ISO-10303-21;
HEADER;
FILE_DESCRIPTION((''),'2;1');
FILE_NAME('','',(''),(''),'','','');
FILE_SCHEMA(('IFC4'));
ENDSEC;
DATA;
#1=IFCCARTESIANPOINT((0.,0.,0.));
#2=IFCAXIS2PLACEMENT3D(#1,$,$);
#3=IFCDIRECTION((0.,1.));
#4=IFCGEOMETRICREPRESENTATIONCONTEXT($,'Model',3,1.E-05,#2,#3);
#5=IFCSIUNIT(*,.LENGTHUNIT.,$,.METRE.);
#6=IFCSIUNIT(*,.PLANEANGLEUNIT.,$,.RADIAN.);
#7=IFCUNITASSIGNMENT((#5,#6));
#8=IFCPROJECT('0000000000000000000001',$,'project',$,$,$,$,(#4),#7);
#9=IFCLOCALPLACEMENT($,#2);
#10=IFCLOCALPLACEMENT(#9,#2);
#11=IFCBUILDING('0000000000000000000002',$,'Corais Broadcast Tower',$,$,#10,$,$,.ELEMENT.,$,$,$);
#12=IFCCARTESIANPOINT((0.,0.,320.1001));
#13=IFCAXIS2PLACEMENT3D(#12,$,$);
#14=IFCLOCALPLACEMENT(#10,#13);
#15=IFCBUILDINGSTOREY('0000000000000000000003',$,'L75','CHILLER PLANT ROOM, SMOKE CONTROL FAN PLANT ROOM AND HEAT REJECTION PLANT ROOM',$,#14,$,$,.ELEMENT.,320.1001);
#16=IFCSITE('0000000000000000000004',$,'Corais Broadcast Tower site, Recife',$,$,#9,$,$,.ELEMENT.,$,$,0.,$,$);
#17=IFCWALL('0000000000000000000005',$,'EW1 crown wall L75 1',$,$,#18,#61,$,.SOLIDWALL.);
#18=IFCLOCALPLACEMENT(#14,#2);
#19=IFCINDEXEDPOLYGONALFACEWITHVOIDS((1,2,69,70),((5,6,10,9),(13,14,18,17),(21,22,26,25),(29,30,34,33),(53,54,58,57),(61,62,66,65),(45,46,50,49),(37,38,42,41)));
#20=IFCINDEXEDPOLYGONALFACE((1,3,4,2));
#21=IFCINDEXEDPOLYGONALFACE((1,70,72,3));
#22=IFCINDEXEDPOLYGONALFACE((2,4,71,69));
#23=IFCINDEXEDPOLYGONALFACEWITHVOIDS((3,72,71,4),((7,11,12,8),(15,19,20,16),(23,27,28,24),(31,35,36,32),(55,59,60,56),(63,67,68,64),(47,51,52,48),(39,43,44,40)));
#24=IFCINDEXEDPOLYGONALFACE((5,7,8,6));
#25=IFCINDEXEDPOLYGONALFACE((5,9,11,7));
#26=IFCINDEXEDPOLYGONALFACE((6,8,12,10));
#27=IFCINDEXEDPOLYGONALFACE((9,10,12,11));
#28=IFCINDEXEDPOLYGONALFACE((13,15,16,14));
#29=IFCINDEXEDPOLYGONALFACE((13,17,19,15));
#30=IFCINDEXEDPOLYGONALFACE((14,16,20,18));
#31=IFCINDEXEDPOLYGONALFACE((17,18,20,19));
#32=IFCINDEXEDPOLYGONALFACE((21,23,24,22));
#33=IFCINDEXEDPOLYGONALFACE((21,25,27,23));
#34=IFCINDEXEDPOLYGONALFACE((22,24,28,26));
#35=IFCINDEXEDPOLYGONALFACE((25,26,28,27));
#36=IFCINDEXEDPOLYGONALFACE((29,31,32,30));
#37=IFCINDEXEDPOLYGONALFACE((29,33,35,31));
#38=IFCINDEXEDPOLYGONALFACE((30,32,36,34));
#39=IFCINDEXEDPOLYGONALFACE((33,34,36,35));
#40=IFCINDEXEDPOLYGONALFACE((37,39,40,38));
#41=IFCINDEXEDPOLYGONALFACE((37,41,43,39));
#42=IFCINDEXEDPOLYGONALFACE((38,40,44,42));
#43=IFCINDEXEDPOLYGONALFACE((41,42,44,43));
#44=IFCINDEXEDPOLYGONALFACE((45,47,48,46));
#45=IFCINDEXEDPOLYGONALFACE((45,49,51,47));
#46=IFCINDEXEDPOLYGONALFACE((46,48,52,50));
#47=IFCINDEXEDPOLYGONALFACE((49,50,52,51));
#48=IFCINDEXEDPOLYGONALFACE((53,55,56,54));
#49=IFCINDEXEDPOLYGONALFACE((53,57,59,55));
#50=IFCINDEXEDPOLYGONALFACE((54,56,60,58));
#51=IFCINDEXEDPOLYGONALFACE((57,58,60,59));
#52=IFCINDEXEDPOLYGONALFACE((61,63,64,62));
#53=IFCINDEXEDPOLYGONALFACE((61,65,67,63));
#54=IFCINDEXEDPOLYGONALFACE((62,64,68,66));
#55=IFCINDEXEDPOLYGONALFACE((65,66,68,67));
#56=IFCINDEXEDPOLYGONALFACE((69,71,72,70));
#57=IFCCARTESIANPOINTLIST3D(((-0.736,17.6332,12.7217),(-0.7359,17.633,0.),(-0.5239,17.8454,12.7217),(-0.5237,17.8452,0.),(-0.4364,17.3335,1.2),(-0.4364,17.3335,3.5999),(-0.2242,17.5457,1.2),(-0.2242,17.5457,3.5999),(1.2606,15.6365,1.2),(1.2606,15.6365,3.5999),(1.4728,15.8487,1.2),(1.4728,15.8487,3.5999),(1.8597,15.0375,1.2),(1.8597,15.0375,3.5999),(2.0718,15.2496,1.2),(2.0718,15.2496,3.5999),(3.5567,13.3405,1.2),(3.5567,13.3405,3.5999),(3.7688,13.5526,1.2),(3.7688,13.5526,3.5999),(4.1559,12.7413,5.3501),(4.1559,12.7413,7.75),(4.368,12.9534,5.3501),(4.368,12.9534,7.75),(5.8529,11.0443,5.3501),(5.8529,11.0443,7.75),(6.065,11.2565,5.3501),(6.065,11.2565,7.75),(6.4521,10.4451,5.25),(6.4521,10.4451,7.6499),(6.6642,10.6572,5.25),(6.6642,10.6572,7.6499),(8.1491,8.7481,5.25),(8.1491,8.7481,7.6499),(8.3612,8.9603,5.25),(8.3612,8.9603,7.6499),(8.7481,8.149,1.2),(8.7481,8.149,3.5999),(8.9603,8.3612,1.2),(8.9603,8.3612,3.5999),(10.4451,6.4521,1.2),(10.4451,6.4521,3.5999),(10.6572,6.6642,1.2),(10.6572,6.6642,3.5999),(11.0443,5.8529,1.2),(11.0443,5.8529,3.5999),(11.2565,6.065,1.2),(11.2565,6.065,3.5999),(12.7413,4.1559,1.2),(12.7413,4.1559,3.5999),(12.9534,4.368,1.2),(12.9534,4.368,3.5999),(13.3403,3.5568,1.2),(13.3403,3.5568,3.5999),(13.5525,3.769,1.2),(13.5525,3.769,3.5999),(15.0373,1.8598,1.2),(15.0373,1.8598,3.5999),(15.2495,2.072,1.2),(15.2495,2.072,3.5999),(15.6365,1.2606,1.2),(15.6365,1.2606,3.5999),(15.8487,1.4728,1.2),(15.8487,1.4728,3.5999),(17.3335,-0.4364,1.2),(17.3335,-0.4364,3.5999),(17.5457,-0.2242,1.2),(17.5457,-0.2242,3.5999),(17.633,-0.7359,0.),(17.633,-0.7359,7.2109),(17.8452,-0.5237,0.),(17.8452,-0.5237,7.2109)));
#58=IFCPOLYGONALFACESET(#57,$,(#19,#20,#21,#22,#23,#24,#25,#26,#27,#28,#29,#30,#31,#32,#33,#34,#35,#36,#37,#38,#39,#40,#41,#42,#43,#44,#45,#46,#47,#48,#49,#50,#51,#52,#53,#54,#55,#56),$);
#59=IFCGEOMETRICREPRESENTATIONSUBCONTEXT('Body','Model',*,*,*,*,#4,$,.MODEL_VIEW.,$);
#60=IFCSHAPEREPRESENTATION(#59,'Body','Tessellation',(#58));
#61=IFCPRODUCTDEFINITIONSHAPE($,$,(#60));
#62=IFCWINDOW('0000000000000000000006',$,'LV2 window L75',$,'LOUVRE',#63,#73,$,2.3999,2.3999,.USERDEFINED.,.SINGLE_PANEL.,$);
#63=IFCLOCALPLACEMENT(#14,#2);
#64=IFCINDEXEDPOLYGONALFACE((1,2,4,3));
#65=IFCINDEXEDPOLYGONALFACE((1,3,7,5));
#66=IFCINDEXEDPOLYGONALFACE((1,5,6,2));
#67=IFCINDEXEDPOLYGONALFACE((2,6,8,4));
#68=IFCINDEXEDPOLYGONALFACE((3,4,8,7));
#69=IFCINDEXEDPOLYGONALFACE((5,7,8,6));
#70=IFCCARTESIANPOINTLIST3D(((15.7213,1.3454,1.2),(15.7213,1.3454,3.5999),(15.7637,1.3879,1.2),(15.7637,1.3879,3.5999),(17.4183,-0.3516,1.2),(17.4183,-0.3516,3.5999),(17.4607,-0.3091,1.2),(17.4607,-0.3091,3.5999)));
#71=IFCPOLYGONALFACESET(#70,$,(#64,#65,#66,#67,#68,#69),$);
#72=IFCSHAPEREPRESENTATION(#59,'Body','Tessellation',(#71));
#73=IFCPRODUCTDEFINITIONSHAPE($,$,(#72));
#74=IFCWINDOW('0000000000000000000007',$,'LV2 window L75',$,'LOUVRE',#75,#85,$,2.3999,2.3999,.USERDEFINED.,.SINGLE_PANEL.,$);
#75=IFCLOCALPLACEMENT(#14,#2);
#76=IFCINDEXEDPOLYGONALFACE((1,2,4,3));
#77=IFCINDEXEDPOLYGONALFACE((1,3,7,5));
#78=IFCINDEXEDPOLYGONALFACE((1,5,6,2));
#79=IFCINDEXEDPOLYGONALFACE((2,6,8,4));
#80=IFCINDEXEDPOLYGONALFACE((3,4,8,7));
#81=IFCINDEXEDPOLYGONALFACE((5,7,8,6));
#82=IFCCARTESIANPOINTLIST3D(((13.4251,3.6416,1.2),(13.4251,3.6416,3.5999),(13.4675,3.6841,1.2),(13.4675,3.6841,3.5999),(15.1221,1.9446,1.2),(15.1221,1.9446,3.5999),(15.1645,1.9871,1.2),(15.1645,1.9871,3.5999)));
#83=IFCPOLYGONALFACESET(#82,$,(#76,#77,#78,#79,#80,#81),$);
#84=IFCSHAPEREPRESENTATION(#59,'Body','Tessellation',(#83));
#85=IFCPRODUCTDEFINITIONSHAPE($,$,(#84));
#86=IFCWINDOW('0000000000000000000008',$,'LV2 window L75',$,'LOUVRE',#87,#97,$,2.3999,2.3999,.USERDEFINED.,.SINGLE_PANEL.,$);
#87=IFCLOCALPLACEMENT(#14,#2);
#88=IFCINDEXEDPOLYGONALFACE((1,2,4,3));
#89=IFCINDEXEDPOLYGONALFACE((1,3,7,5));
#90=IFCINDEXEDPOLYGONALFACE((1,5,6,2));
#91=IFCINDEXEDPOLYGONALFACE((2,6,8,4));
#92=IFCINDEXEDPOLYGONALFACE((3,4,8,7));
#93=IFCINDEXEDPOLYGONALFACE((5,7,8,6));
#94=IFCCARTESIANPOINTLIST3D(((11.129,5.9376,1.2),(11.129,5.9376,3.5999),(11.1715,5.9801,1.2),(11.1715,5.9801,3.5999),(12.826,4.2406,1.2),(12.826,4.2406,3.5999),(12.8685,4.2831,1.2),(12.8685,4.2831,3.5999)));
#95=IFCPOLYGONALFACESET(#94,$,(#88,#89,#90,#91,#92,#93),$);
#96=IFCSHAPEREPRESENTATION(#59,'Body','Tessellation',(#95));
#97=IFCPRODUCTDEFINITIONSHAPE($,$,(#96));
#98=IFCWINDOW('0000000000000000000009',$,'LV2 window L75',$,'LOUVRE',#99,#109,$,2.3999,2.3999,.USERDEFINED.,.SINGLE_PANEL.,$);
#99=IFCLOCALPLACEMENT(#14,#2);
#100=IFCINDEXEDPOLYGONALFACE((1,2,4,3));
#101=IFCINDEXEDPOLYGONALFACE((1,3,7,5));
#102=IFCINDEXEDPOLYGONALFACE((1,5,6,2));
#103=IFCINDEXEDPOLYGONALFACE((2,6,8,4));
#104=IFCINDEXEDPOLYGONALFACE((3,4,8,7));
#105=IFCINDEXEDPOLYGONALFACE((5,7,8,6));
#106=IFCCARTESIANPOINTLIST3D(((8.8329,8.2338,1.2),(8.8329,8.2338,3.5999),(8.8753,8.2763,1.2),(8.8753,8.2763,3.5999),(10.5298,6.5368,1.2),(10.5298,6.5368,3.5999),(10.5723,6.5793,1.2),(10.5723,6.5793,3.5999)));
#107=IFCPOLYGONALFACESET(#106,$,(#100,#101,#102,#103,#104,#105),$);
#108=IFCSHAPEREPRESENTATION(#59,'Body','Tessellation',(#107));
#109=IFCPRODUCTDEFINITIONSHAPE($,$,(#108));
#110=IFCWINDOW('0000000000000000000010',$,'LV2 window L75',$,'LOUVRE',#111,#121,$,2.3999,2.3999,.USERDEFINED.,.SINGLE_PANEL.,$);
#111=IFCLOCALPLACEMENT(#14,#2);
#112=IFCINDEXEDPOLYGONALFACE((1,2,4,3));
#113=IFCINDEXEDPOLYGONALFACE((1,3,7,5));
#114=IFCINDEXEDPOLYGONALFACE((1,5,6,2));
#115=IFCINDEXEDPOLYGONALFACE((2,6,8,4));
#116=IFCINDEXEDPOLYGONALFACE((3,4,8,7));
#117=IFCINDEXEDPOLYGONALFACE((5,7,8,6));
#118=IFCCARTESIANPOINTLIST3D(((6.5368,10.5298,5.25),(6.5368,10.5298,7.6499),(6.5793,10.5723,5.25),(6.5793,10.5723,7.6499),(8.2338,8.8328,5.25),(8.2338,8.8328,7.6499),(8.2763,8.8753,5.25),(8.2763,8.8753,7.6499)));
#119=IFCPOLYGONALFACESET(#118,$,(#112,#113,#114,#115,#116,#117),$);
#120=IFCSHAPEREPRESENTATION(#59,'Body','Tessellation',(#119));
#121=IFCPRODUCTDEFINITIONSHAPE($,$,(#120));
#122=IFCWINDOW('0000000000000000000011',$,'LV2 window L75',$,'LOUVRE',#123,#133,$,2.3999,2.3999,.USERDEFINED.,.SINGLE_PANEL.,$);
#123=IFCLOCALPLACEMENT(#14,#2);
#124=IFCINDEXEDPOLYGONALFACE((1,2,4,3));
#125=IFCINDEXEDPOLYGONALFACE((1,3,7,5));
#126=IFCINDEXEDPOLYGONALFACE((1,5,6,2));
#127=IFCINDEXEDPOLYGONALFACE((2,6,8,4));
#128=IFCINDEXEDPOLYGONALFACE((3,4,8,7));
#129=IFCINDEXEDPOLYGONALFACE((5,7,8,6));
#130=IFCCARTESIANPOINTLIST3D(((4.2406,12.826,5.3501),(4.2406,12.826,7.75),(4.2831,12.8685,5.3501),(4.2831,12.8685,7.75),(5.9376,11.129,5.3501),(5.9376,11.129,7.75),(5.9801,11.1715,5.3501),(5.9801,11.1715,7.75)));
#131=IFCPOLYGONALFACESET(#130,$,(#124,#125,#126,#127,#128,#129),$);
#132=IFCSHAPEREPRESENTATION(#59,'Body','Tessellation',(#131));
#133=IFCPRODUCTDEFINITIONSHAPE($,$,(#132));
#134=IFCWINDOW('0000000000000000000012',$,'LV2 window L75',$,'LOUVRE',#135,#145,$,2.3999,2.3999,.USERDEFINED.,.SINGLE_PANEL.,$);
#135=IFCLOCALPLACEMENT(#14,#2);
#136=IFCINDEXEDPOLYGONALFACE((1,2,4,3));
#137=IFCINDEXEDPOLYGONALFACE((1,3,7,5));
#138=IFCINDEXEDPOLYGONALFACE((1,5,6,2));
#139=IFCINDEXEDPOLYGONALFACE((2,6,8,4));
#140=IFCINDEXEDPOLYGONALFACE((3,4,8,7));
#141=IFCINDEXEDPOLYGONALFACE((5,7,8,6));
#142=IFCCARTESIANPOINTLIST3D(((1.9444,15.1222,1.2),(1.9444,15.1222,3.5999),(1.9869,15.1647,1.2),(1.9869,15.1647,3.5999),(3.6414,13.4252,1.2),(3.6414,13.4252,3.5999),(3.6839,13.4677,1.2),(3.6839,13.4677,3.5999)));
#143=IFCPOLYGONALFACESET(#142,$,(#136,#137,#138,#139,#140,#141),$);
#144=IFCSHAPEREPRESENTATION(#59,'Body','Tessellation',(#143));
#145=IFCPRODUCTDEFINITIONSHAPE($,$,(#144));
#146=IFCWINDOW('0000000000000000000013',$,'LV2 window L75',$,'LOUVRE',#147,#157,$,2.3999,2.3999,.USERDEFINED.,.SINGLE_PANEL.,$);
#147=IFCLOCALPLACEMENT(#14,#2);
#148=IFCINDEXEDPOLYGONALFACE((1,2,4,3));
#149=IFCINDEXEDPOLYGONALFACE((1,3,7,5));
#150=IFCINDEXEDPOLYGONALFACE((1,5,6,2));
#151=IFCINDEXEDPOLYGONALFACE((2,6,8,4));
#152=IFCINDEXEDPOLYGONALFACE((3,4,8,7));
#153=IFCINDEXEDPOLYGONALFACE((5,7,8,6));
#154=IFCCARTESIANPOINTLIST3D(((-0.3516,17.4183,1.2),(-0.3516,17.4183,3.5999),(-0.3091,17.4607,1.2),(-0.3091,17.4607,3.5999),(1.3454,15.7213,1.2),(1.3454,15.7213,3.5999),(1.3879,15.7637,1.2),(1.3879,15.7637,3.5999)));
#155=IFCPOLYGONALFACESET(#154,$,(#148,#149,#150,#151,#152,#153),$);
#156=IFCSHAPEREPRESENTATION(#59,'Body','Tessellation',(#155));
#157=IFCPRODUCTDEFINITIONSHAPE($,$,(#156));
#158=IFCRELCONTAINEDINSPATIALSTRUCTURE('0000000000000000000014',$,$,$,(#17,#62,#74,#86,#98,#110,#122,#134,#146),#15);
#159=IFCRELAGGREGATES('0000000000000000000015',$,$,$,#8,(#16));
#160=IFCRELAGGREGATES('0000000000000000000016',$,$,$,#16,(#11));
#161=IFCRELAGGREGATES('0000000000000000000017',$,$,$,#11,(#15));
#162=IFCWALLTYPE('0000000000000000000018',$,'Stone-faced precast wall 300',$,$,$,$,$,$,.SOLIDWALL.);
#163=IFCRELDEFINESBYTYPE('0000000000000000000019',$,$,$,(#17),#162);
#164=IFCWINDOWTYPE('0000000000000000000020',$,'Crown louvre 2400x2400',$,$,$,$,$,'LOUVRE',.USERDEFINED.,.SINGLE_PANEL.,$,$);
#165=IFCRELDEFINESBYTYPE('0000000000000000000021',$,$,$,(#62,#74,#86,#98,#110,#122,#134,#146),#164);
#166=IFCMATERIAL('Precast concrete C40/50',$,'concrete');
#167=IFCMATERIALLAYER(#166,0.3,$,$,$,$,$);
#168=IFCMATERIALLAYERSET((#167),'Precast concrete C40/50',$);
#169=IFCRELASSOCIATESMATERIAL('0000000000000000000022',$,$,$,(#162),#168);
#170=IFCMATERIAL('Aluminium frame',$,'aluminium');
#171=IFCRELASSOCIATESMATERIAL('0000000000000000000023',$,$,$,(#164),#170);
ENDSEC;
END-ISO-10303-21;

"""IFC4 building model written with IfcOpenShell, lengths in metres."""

from ifc_helpers import new_model, si_unit, direction, frame, frame_2d, origin, place, context, subcontext, project, spatial, polyline, rectangle, outline, extrude, material, layer, layer_set, type_object, element, fill, save


model = new_model("IFC4")

# Units and contexts
model_context = context("Model", 3, precision=1e-05, world=origin(), true_north=direction((0.0, 1.0)))
body_context = subcontext(model_context, "Body", "Model", "MODEL_VIEW")
ifc_project = project(units=[si_unit("LENGTHUNIT", "METRE"), si_unit("PLANEANGLEUNIT", "RADIAN")], contexts=[model_context])

# Site, building, storey
site_placement = place(None, origin())
site = spatial("IfcSite", under=ifc_project, at=site_placement, Name="Corais Broadcast Tower site, Recife", CompositionType="ELEMENT", RefElevation=0.0)
building_placement = place(site_placement, origin())
building = spatial("IfcBuilding", under=site, at=building_placement, Name="Corais Broadcast Tower", CompositionType="ELEMENT")
storey_placement = place(building_placement, frame((0.0, 0.0, 320.1001)))
storey = spatial("IfcBuildingStorey", under=building, at=storey_placement, Name="L75", Description="CHILLER PLANT ROOM, SMOKE CONTROL FAN PLANT ROOM AND HEAT REJECTION PLANT ROOM", CompositionType="ELEMENT", Elevation=320.1001)

# Wall, openings, windows
ifc_material_1 = material(Name="Precast concrete C40/50", Category="concrete")
ifc_layer_1 = layer(ifc_material_1, 0.3)
ifc_layer_set_1 = layer_set([ifc_layer_1], Name="Precast concrete C40/50")
wall_type_1 = type_object("IfcWallType", Name="Stone-faced precast wall 300", PredefinedType="SOLIDWALL", material=ifc_layer_set_1)
wall_1_placement = place(storey_placement, frame((17.739, -0.6299, 0.0), z_axis=(0.0, 0.0, 1.0), x_axis=(-0.707107, 0.707107, 0.0)))
wall_1 = element("IfcWall", 1, at=wall_1_placement, inside=storey, type_object=wall_type_1, Name="EW1 crown wall L75 1", PredefinedType="SOLIDWALL", context=body_context, shape_type="SweptSolid", body=[
    extrude(outline(polyline([(0.0, 0.0), (25.9775, 0.0), (25.9778, 12.7217), (0.0, 7.2109), (0.0, 0.0)])), frame((0.0, 0.1499, 0.0), z_axis=(0.0, -1.0, 0.0), x_axis=(1.0, 0.0, 0.0)), (0.0, 0.0, 1.0), 0.3),
])
opening_1_placement = place(wall_1_placement, frame((0.4236, 0.0, 1.2)))
opening_1 = element("IfcOpeningElement", 2, at=opening_1_placement, cuts=wall_1, PredefinedType="OPENING", context=body_context, shape_type="SweptSolid", body=[
    extrude(rectangle(XDim=2.3999, YDim=2.3999, at=frame_2d((1.2, 1.2))), frame((0.0, 0.1599, 0.0), z_axis=(0.0, -1.0, 0.0), x_axis=(1.0, 0.0, 0.0)), (0.0, 0.0, 1.0), 0.3201),
])
opening_2_placement = place(wall_1_placement, frame((3.6709, 0.0, 1.2)))
opening_2 = element("IfcOpeningElement", 3, at=opening_2_placement, cuts=wall_1, PredefinedType="OPENING", context=body_context, shape_type="SweptSolid", body=[
    extrude(rectangle(XDim=2.3999, YDim=2.3999, at=frame_2d((1.2, 1.2))), frame((0.0, 0.1599, 0.0), z_axis=(0.0, -1.0, 0.0), x_axis=(1.0, 0.0, 0.0)), (0.0, 0.0, 1.0), 0.3201),
])
opening_3_placement = place(wall_1_placement, frame((6.918, 0.0, 1.2)))
opening_3 = element("IfcOpeningElement", 4, at=opening_3_placement, cuts=wall_1, PredefinedType="OPENING", context=body_context, shape_type="SweptSolid", body=[
    extrude(rectangle(XDim=2.3999, YDim=2.3999, at=frame_2d((1.2, 1.2))), frame((0.0, 0.1599, 0.0), z_axis=(0.0, -1.0, 0.0), x_axis=(1.0, 0.0, 0.0)), (0.0, 0.0, 1.0), 0.3201),
])
opening_4_placement = place(wall_1_placement, frame((10.1653, 0.0, 1.2)))
opening_4 = element("IfcOpeningElement", 5, at=opening_4_placement, cuts=wall_1, PredefinedType="OPENING", context=body_context, shape_type="SweptSolid", body=[
    extrude(rectangle(XDim=2.3999, YDim=2.3999, at=frame_2d((1.2, 1.2))), frame((0.0, 0.1599, 0.0), z_axis=(0.0, -1.0, 0.0), x_axis=(1.0, 0.0, 0.0)), (0.0, 0.0, 1.0), 0.3201),
])
opening_5_placement = place(wall_1_placement, frame((13.4124, 0.0, 5.25)))
opening_5 = element("IfcOpeningElement", 6, at=opening_5_placement, cuts=wall_1, PredefinedType="OPENING", context=body_context, shape_type="SweptSolid", body=[
    extrude(rectangle(XDim=2.3999, YDim=2.3999, at=frame_2d((1.2, 1.2))), frame((0.0, 0.1599, 0.0), z_axis=(0.0, -1.0, 0.0), x_axis=(1.0, 0.0, 0.0)), (0.0, 0.0, 1.0), 0.3201),
])
opening_6_placement = place(wall_1_placement, frame((16.6597, 0.0, 5.3501)))
opening_6 = element("IfcOpeningElement", 7, at=opening_6_placement, cuts=wall_1, PredefinedType="OPENING", context=body_context, shape_type="SweptSolid", body=[
    extrude(rectangle(XDim=2.3999, YDim=2.3999, at=frame_2d((1.2, 1.2))), frame((0.0, 0.1599, 0.0), z_axis=(0.0, -1.0, 0.0), x_axis=(1.0, 0.0, 0.0)), (0.0, 0.0, 1.0), 0.3201),
])
opening_7_placement = place(wall_1_placement, frame((19.907, 0.0, 1.2)))
opening_7 = element("IfcOpeningElement", 8, at=opening_7_placement, cuts=wall_1, PredefinedType="OPENING", context=body_context, shape_type="SweptSolid", body=[
    extrude(rectangle(XDim=2.3999, YDim=2.3999, at=frame_2d((1.2, 1.2))), frame((0.0, 0.1599, 0.0), z_axis=(0.0, -1.0, 0.0), x_axis=(1.0, 0.0, 0.0)), (0.0, 0.0, 1.0), 0.3201),
])
opening_8_placement = place(wall_1_placement, frame((23.1541, 0.0, 1.2)))
opening_8 = element("IfcOpeningElement", 9, at=opening_8_placement, cuts=wall_1, PredefinedType="OPENING", context=body_context, shape_type="SweptSolid", body=[
    extrude(rectangle(XDim=2.3999, YDim=2.3999, at=frame_2d((1.2, 1.2))), frame((0.0, 0.1599, 0.0), z_axis=(0.0, -1.0, 0.0), x_axis=(1.0, 0.0, 0.0)), (0.0, 0.0, 1.0), 0.3201),
])
ifc_material_2 = material(Name="Aluminium frame", Category="aluminium")
window_type = type_object("IfcWindowType", Name="Crown louvre 2400x2400", ElementType="LOUVRE", PartitioningType="SINGLE_PANEL", PredefinedType="USERDEFINED", material=ifc_material_2)
window_1_placement = place(opening_1_placement, origin())
window_1 = element("IfcWindow", 10, at=window_1_placement, inside=storey, type_object=window_type, Name="LV2 window L75", ObjectType="LOUVRE", OverallHeight=2.3999, OverallWidth=2.3999, PartitioningType="SINGLE_PANEL", PredefinedType="USERDEFINED", context=body_context, shape_type="SweptSolid", body=[
    extrude(rectangle(XDim=2.3999, YDim=2.3999, at=frame_2d((1.2, 1.2))), frame((0.0, 0.03, 0.0), z_axis=(0.0, -1.0, 0.0), x_axis=(1.0, 0.0, 0.0)), (0.0, 0.0, 1.0), 0.0601),
])
fill(opening_1, window_1)
window_2_placement = place(opening_2_placement, origin())
window_2 = element("IfcWindow", 11, at=window_2_placement, inside=storey, type_object=window_type, Name="LV2 window L75", ObjectType="LOUVRE", OverallHeight=2.3999, OverallWidth=2.3999, PartitioningType="SINGLE_PANEL", PredefinedType="USERDEFINED", context=body_context, shape_type="SweptSolid", body=[
    extrude(rectangle(XDim=2.3999, YDim=2.3999, at=frame_2d((1.2, 1.2))), frame((0.0, 0.03, 0.0), z_axis=(0.0, -1.0, 0.0), x_axis=(1.0, 0.0, 0.0)), (0.0, 0.0, 1.0), 0.0601),
])
fill(opening_2, window_2)
window_3_placement = place(opening_3_placement, origin())
window_3 = element("IfcWindow", 12, at=window_3_placement, inside=storey, type_object=window_type, Name="LV2 window L75", ObjectType="LOUVRE", OverallHeight=2.3999, OverallWidth=2.3999, PartitioningType="SINGLE_PANEL", PredefinedType="USERDEFINED", context=body_context, shape_type="SweptSolid", body=[
    extrude(rectangle(XDim=2.3999, YDim=2.3999, at=frame_2d((1.2, 1.2))), frame((0.0, 0.03, 0.0), z_axis=(0.0, -1.0, 0.0), x_axis=(1.0, 0.0, 0.0)), (0.0, 0.0, 1.0), 0.0601),
])
fill(opening_3, window_3)
window_4_placement = place(opening_4_placement, origin())
window_4 = element("IfcWindow", 13, at=window_4_placement, inside=storey, type_object=window_type, Name="LV2 window L75", ObjectType="LOUVRE", OverallHeight=2.3999, OverallWidth=2.3999, PartitioningType="SINGLE_PANEL", PredefinedType="USERDEFINED", context=body_context, shape_type="SweptSolid", body=[
    extrude(rectangle(XDim=2.3999, YDim=2.3999, at=frame_2d((1.2, 1.2))), frame((0.0, 0.03, 0.0), z_axis=(0.0, -1.0, 0.0), x_axis=(1.0, 0.0, 0.0)), (0.0, 0.0, 1.0), 0.0601),
])
fill(opening_4, window_4)
window_5_placement = place(opening_5_placement, origin())
window_5 = element("IfcWindow", 14, at=window_5_placement, inside=storey, type_object=window_type, Name="LV2 window L75", ObjectType="LOUVRE", OverallHeight=2.3999, OverallWidth=2.3999, PartitioningType="SINGLE_PANEL", PredefinedType="USERDEFINED", context=body_context, shape_type="SweptSolid", body=[
    extrude(rectangle(XDim=2.3999, YDim=2.3999, at=frame_2d((1.2, 1.2))), frame((0.0, 0.03, 0.0), z_axis=(0.0, -1.0, 0.0), x_axis=(1.0, 0.0, 0.0)), (0.0, 0.0, 1.0), 0.0601),
])
fill(opening_5, window_5)
window_6_placement = place(opening_6_placement, origin())
window_6 = element("IfcWindow", 15, at=window_6_placement, inside=storey, type_object=window_type, Name="LV2 window L75", ObjectType="LOUVRE", OverallHeight=2.3999, OverallWidth=2.3999, PartitioningType="SINGLE_PANEL", PredefinedType="USERDEFINED", context=body_context, shape_type="SweptSolid", body=[
    extrude(rectangle(XDim=2.3999, YDim=2.3999, at=frame_2d((1.2, 1.2))), frame((0.0, 0.03, 0.0), z_axis=(0.0, -1.0, 0.0), x_axis=(1.0, 0.0, 0.0)), (0.0, 0.0, 1.0), 0.0601),
])
fill(opening_6, window_6)
window_7_placement = place(opening_7_placement, origin())
window_7 = element("IfcWindow", 16, at=window_7_placement, inside=storey, type_object=window_type, Name="LV2 window L75", ObjectType="LOUVRE", OverallHeight=2.3999, OverallWidth=2.3999, PartitioningType="SINGLE_PANEL", PredefinedType="USERDEFINED", context=body_context, shape_type="SweptSolid", body=[
    extrude(rectangle(XDim=2.3999, YDim=2.3999, at=frame_2d((1.2, 1.2))), frame((0.0, 0.03, 0.0), z_axis=(0.0, -1.0, 0.0), x_axis=(1.0, 0.0, 0.0)), (0.0, 0.0, 1.0), 0.0601),
])
fill(opening_7, window_7)
window_8_placement = place(opening_8_placement, origin())
window_8 = element("IfcWindow", 17, at=window_8_placement, inside=storey, type_object=window_type, Name="LV2 window L75", ObjectType="LOUVRE", OverallHeight=2.3999, OverallWidth=2.3999, PartitioningType="SINGLE_PANEL", PredefinedType="USERDEFINED", context=body_context, shape_type="SweptSolid", body=[
    extrude(rectangle(XDim=2.3999, YDim=2.3999, at=frame_2d((1.2, 1.2))), frame((0.0, 0.03, 0.0), z_axis=(0.0, -1.0, 0.0), x_axis=(1.0, 0.0, 0.0)), (0.0, 0.0, 1.0), 0.0601),
])
fill(opening_8, window_8)

save(model, "model.ifc")
